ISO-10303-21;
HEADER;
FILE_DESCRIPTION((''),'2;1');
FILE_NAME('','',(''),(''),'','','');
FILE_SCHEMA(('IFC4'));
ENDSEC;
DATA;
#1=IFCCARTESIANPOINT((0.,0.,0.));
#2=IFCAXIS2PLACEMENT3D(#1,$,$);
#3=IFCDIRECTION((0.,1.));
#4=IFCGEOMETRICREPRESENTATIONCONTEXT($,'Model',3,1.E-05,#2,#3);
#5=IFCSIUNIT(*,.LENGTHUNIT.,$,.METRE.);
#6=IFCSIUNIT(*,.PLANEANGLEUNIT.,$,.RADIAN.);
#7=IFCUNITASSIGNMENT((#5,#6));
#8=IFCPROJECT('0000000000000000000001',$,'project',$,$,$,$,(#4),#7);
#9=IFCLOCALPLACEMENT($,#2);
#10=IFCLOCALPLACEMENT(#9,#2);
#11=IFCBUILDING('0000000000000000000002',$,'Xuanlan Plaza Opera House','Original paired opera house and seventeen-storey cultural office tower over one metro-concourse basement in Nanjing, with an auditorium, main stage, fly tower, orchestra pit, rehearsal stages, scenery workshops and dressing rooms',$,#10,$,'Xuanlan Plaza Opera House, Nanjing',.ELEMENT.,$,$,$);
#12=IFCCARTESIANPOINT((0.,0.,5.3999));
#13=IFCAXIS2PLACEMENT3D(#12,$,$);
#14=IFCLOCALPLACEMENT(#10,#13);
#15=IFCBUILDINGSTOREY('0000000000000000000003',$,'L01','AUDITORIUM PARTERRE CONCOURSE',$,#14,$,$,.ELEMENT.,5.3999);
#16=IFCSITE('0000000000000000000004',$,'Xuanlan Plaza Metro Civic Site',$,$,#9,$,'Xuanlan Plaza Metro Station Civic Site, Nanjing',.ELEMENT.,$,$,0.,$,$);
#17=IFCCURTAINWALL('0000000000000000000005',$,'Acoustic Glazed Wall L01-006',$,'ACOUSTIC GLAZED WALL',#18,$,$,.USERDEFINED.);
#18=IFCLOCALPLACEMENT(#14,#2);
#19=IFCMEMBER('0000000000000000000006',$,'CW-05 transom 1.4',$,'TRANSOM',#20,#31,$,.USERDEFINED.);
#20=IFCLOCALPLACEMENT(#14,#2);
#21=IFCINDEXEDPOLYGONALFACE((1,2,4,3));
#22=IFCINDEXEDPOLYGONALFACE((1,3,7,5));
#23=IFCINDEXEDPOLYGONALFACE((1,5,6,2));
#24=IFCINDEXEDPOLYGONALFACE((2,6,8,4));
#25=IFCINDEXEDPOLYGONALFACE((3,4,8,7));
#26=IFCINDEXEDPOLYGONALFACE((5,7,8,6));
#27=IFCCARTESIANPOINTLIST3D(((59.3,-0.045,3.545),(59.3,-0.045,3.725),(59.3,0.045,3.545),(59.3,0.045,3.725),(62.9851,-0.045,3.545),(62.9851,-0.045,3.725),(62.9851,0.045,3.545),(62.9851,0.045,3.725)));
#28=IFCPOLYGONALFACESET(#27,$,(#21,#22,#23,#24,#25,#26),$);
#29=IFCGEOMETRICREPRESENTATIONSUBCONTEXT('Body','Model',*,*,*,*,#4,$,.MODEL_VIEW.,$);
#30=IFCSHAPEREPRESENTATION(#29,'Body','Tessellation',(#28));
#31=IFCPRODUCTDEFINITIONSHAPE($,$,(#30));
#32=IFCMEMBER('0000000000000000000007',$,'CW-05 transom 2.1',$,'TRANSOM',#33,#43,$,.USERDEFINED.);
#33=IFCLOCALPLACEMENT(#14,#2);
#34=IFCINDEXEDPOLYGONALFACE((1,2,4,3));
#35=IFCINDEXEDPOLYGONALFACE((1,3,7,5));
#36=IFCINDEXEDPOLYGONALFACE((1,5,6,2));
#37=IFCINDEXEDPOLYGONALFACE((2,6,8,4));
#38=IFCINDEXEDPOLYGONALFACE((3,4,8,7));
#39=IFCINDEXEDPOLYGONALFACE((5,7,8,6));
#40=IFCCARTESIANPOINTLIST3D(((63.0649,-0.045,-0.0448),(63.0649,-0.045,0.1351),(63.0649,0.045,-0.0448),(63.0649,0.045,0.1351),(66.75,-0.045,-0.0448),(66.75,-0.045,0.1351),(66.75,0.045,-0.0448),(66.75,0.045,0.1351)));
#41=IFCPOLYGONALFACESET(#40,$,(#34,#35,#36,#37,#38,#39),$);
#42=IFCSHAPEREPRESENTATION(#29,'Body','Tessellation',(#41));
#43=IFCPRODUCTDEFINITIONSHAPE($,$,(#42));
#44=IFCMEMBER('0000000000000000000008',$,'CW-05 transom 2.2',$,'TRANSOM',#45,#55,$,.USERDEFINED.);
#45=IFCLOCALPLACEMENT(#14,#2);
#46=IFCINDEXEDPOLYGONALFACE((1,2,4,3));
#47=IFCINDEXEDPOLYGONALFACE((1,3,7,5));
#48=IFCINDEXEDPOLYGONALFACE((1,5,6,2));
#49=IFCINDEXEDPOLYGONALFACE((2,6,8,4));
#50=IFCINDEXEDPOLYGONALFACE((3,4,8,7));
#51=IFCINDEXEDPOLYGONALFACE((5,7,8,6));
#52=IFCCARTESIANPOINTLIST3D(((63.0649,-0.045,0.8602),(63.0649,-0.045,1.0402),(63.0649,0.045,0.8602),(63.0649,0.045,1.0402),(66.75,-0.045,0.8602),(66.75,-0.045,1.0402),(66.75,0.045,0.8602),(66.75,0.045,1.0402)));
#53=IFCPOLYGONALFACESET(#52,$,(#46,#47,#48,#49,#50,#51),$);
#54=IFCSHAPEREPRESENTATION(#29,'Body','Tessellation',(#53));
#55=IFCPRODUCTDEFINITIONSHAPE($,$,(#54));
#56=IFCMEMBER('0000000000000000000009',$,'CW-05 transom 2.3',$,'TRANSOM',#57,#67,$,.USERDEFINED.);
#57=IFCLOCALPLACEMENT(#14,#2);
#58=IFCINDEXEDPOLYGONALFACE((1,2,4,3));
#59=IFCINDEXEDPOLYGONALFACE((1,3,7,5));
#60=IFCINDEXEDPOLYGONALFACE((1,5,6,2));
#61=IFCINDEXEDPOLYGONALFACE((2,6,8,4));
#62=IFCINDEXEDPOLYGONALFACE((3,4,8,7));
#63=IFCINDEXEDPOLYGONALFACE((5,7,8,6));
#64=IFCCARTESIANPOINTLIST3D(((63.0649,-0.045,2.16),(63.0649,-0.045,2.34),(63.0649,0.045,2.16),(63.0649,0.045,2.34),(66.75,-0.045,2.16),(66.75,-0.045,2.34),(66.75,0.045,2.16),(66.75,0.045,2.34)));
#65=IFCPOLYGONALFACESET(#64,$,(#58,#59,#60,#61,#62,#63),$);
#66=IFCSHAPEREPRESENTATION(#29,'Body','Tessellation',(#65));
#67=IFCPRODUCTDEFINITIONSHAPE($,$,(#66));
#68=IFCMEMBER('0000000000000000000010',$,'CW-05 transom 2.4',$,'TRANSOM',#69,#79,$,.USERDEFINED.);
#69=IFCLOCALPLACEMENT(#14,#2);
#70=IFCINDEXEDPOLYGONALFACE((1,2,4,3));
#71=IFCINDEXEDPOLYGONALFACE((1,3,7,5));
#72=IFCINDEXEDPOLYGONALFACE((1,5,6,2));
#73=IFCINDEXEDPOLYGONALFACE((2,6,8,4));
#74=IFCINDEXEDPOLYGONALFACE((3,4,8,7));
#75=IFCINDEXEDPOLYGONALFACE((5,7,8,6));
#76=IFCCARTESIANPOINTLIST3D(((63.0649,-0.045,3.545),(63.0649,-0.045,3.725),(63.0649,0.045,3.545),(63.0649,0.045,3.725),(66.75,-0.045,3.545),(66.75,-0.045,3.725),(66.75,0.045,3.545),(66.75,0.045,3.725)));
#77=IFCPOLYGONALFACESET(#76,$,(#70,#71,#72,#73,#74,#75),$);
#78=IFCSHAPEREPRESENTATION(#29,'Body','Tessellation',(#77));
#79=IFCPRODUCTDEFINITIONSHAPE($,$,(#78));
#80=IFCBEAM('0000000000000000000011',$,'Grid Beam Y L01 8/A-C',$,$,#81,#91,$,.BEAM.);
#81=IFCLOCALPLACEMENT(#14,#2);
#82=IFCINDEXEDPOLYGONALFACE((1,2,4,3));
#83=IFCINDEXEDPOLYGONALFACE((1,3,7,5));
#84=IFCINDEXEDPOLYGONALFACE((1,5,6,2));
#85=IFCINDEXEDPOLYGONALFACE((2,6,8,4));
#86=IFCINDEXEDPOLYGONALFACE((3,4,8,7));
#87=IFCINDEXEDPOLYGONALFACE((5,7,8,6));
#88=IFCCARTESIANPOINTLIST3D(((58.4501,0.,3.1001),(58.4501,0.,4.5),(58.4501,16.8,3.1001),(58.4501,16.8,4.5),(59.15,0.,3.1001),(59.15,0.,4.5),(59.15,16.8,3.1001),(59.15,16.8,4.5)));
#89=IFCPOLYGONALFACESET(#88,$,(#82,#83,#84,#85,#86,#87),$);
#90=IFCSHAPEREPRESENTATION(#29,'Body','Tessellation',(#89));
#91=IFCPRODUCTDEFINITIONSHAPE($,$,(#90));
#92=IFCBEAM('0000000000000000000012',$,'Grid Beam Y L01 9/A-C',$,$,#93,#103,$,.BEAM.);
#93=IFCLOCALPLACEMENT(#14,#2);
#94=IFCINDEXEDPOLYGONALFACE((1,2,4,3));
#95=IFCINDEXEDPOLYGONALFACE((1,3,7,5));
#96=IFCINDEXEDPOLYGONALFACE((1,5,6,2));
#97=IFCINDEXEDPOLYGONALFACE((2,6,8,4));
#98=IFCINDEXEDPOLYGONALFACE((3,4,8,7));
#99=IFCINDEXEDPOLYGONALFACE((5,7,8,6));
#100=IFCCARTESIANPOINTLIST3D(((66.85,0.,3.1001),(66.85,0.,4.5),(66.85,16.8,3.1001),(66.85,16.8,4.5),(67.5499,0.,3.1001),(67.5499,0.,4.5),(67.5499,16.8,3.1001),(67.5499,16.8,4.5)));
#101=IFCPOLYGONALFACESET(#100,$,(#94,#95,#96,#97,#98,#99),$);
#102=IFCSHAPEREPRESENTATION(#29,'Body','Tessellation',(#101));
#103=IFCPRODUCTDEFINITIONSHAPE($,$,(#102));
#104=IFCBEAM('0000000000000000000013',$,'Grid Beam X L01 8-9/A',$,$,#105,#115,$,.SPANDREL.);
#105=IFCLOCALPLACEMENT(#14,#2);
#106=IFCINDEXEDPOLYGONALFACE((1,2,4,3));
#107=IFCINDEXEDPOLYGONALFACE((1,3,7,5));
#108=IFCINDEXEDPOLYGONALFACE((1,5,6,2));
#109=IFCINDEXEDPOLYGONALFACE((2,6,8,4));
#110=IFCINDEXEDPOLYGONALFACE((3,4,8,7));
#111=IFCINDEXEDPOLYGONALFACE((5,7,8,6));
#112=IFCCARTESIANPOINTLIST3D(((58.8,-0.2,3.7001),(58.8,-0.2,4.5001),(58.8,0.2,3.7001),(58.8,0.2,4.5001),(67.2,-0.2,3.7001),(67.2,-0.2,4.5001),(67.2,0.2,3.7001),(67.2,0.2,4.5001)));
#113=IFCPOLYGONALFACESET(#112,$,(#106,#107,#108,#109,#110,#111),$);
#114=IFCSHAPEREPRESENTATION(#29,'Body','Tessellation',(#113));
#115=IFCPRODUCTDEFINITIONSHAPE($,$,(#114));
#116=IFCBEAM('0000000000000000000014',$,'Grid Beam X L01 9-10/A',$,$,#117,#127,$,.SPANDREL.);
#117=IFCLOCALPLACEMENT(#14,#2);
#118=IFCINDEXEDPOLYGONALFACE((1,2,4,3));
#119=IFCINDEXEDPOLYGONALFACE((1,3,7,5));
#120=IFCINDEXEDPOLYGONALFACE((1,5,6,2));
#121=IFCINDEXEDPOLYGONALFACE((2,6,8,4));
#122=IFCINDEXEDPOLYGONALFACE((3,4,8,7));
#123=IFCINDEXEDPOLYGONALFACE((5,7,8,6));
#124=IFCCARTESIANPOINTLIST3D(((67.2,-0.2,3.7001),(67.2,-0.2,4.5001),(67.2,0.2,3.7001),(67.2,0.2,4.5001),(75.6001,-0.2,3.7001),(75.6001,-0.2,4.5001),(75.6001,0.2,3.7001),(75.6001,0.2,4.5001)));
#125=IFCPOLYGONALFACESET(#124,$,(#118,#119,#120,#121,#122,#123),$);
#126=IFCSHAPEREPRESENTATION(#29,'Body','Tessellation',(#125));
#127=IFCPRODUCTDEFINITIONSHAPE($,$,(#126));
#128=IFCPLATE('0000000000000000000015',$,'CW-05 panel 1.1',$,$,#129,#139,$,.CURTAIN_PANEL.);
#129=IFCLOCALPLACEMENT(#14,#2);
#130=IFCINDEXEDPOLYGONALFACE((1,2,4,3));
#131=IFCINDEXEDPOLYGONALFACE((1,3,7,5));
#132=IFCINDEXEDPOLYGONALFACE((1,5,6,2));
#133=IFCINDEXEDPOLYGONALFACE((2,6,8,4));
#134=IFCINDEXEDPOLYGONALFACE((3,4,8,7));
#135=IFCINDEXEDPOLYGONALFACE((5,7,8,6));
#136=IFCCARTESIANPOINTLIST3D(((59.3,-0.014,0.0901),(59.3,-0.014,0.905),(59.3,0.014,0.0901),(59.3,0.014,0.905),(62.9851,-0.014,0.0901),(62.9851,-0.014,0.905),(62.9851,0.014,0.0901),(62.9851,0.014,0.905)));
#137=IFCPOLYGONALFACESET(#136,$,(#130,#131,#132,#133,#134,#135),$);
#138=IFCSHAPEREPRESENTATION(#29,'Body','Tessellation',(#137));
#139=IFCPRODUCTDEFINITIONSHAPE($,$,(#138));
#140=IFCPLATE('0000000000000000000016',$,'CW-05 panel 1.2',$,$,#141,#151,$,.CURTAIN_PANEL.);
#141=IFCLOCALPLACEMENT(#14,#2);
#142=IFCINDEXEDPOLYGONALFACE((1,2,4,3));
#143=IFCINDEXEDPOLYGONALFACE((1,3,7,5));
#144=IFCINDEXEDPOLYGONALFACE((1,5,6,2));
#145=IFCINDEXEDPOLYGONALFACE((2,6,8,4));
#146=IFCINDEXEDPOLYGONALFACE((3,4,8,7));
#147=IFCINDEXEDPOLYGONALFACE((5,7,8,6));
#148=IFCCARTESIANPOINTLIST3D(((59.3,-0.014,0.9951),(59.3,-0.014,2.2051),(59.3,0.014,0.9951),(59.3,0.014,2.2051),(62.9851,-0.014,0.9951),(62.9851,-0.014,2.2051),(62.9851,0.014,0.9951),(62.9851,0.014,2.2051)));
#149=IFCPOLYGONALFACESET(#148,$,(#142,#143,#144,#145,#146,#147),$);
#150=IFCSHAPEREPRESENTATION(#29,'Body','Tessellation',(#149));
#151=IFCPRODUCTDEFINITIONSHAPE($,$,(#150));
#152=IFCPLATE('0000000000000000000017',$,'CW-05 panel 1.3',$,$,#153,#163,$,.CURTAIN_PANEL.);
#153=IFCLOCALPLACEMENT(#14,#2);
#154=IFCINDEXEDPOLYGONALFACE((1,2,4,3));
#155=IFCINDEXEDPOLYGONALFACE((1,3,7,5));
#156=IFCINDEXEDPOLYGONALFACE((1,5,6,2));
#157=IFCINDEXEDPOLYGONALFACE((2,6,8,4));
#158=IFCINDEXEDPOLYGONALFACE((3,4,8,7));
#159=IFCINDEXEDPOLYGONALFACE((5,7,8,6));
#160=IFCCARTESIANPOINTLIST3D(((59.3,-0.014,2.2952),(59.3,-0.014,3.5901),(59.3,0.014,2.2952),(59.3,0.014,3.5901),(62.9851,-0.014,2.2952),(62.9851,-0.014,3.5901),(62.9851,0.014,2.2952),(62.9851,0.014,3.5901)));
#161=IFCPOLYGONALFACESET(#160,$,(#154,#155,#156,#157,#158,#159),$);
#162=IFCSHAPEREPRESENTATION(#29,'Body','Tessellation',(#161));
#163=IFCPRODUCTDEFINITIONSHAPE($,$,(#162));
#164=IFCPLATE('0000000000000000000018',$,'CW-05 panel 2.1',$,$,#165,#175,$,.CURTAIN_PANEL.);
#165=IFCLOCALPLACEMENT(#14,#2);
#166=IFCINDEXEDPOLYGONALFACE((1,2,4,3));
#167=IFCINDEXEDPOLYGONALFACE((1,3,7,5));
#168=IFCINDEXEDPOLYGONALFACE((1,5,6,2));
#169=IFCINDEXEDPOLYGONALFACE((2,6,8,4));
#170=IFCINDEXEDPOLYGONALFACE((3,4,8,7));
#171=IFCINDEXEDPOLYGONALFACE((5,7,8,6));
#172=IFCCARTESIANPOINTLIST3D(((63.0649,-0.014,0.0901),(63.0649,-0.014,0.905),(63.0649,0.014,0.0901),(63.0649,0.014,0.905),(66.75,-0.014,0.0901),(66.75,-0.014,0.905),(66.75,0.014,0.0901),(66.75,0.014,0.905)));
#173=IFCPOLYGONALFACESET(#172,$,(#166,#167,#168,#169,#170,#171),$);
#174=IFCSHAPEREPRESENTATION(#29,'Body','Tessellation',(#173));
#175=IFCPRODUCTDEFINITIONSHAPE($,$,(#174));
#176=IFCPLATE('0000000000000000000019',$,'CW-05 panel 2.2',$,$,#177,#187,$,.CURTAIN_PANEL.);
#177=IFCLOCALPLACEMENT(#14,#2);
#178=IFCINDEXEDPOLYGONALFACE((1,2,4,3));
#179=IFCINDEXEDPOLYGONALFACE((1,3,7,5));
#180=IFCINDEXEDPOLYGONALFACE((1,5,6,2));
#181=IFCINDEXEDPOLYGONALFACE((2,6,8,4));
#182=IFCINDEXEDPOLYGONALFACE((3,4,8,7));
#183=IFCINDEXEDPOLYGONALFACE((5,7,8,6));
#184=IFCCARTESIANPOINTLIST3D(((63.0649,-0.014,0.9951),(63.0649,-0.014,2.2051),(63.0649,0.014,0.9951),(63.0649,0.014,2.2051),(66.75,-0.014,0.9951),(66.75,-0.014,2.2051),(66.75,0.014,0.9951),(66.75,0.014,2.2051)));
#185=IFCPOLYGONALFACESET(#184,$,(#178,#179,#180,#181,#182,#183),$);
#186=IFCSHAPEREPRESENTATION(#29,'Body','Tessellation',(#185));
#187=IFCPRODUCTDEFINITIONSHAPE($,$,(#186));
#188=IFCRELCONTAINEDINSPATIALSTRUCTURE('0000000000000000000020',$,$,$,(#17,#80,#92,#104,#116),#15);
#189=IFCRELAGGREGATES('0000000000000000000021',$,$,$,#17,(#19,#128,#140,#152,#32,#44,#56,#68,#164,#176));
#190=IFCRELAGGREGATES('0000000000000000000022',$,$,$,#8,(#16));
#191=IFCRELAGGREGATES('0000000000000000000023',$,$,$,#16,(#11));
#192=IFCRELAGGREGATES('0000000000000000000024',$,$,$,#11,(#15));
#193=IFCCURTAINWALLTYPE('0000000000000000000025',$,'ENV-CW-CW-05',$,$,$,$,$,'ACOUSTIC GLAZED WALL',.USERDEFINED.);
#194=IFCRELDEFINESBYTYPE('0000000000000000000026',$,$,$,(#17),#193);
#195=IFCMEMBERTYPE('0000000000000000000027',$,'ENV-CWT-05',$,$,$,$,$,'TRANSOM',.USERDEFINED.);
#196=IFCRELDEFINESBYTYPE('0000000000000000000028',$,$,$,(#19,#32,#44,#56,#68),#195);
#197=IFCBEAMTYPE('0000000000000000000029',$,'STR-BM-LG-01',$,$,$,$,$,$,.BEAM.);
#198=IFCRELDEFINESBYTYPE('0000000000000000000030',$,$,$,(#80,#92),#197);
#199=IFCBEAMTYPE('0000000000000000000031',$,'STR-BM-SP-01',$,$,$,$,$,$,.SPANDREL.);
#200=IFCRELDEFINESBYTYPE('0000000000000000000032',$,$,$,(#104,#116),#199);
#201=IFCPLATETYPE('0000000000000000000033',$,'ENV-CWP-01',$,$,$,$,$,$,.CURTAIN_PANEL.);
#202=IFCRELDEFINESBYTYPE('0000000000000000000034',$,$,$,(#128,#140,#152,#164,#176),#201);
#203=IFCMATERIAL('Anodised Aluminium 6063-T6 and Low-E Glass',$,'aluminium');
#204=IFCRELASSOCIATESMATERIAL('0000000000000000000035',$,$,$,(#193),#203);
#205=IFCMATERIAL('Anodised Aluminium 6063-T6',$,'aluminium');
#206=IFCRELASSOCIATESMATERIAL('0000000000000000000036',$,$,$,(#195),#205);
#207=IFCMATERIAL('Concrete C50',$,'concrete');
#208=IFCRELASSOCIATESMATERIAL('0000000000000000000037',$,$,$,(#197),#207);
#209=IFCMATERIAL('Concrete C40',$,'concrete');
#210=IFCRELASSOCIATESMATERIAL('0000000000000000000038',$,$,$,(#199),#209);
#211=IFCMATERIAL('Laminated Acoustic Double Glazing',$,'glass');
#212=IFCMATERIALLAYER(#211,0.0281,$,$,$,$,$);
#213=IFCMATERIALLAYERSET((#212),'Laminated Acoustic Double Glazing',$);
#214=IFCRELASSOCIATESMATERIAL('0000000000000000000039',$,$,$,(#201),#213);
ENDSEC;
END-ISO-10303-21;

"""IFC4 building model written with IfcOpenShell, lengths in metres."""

from ifc_helpers import new_model, si_unit, direction, frame, origin, origin_2d, place, context, subcontext, project, spatial, rectangle, extrude, material, layer, layer_set, material_profile, profile_set, type_object, element, aggregate, save


model = new_model("IFC4")

# Units and contexts
model_context = context("Model", 3, precision=1e-05, world=origin(), true_north=direction((0.0, 1.0)))
body_context = subcontext(model_context, "Body", "Model", "MODEL_VIEW")
ifc_project = project(units=[si_unit("LENGTHUNIT", "METRE"), si_unit("PLANEANGLEUNIT", "RADIAN")], contexts=[model_context])

# Site, building, storey
site_placement = place(None, origin())
site = spatial("IfcSite", under=ifc_project, at=site_placement, Name="Xuanlan Plaza Metro Civic Site", LongName="Xuanlan Plaza Metro Station Civic Site, Nanjing", CompositionType="ELEMENT", RefElevation=0.0)
building_placement = place(site_placement, origin())
building = spatial("IfcBuilding", under=site, at=building_placement, Name="Xuanlan Plaza Opera House", Description="Original paired opera house and seventeen-storey cultural office tower over one metro-concourse basement in Nanjing, with an auditorium, main stage, fly tower, orchestra pit, rehearsal stages, scenery workshops and dressing rooms", LongName="Xuanlan Plaza Opera House, Nanjing", CompositionType="ELEMENT")
storey_placement = place(building_placement, frame((0.0, 0.0, 5.3999)))
storey = spatial("IfcBuildingStorey", under=building, at=storey_placement, Name="L01", Description="AUDITORIUM PARTERRE CONCOURSE", CompositionType="ELEMENT", Elevation=5.3999)

# Shared definitions
ifc_material_1 = material(Name="Concrete C40", Category="concrete")

# Curtain wall
ifc_material_2 = material(Name="Anodised Aluminium 6063-T6 and Low-E Glass", Category="aluminium")
ifc_material_3 = material(Name="Anodised Aluminium 6063-T6", Category="aluminium")
curtain_wall_type_1 = type_object("IfcCurtainWallType", Name="ENV-CW-CW-05", ElementType="ACOUSTIC GLAZED WALL", PredefinedType="USERDEFINED", material=ifc_material_2)
curtain_wall_1_placement = place(storey_placement, origin())
curtain_wall_1 = element("IfcCurtainWall", 1, at=curtain_wall_1_placement, inside=storey, type_object=curtain_wall_type_1, Name="Acoustic Glazed Wall L01-006", ObjectType="ACOUSTIC GLAZED WALL", PredefinedType="USERDEFINED")

# Members
ifc_material_profile_1 = material_profile(ifc_material_3, rectangle(XDim=0.0901, YDim=0.1799, at=origin_2d()), Name="ALU-T 90x180")
ifc_profile_set_1 = profile_set([ifc_material_profile_1], Name="Anodised Aluminium 6063-T6")
member_type_1 = type_object("IfcMemberType", Name="ENV-CWT-05", ElementType="TRANSOM", PredefinedType="USERDEFINED", material=ifc_profile_set_1)
member_1_placement = place(storey_placement, frame((59.3, 0.0, 3.635), z_axis=(1.0, 0.0, 0.0), x_axis=(0.0, 1.0, 0.0)))
member_1 = element("IfcMember", 2, at=member_1_placement, type_object=member_type_1, Name="CW-05 transom 1.4", ObjectType="TRANSOM", PredefinedType="USERDEFINED", context=body_context, shape_type="SweptSolid", body=[
    extrude(rectangle(XDim=0.0901, YDim=0.1799, at=origin_2d()), origin(), (0.0, 0.0, 1.0), 3.6851),
])
member_2_placement = place(storey_placement, frame((63.0649, 0.0, 0.0452), z_axis=(1.0, 0.0, 0.0), x_axis=(0.0, 1.0, 0.0)))
member_2 = element("IfcMember", 3, at=member_2_placement, type_object=member_type_1, Name="CW-05 transom 2.1", ObjectType="TRANSOM", PredefinedType="USERDEFINED", context=body_context, shape_type="SweptSolid", body=[
    extrude(rectangle(XDim=0.0901, YDim=0.1799, at=origin_2d()), origin(), (0.0, 0.0, 1.0), 3.6851),
])
member_3_placement = place(storey_placement, frame((63.0649, 0.0, 0.9502), z_axis=(1.0, 0.0, 0.0), x_axis=(0.0, 1.0, 0.0)))
member_3 = element("IfcMember", 4, at=member_3_placement, type_object=member_type_1, Name="CW-05 transom 2.2", ObjectType="TRANSOM", PredefinedType="USERDEFINED", context=body_context, shape_type="SweptSolid", body=[
    extrude(rectangle(XDim=0.0901, YDim=0.1799, at=origin_2d()), origin(), (0.0, 0.0, 1.0), 3.6851),
])
member_4_placement = place(storey_placement, frame((63.0649, 0.0, 2.25), z_axis=(1.0, 0.0, 0.0), x_axis=(0.0, 1.0, 0.0)))
member_4 = element("IfcMember", 5, at=member_4_placement, type_object=member_type_1, Name="CW-05 transom 2.3", ObjectType="TRANSOM", PredefinedType="USERDEFINED", context=body_context, shape_type="SweptSolid", body=[
    extrude(rectangle(XDim=0.0901, YDim=0.1799, at=origin_2d()), origin(), (0.0, 0.0, 1.0), 3.6851),
])
member_5_placement = place(storey_placement, frame((63.0649, 0.0, 3.635), z_axis=(1.0, 0.0, 0.0), x_axis=(0.0, 1.0, 0.0)))
member_5 = element("IfcMember", 6, at=member_5_placement, type_object=member_type_1, Name="CW-05 transom 2.4", ObjectType="TRANSOM", PredefinedType="USERDEFINED", context=body_context, shape_type="SweptSolid", body=[
    extrude(rectangle(XDim=0.0901, YDim=0.1799, at=origin_2d()), origin(), (0.0, 0.0, 1.0), 3.6851),
])

# Beams
ifc_material_4 = material(Name="Concrete C50", Category="concrete")
ifc_material_profile_2 = material_profile(ifc_material_4, rectangle(XDim=0.7, YDim=1.3999, at=origin_2d()), Name="RC-LG 700x1400")
ifc_profile_set_2 = profile_set([ifc_material_profile_2], Name="Concrete C50")
beam_type_1 = type_object("IfcBeamType", Name="STR-BM-LG-01", PredefinedType="BEAM", material=ifc_profile_set_2)
for number, where, z_axis, x_axis, name in (
    (7, (58.8, 0.0, 3.8), (0.0, 1.0, 0.0), (-1.0, 0.0, 0.0), "Grid Beam Y L01 8/A-C"),
    (8, (67.2, 0.0, 3.8), (0.0, 1.0, 0.0), (-1.0, 0.0, 0.0), "Grid Beam Y L01 9/A-C"),
):
    element("IfcBeam", number, at=place(storey_placement, frame(where, z_axis=z_axis, x_axis=x_axis)), inside=storey, type_object=beam_type_1, Name=name, PredefinedType="BEAM", context=body_context, shape_type="SweptSolid", body=[
        extrude(rectangle(XDim=0.7, YDim=1.3999, at=origin_2d()), origin(), (0.0, 0.0, 1.0), 16.8),
    ])
ifc_material_profile_3 = material_profile(ifc_material_1, rectangle(XDim=0.3999, YDim=0.8, at=origin_2d()), Name="RC-SPD 400x800")
ifc_profile_set_3 = profile_set([ifc_material_profile_3], Name="Concrete C40")
beam_type_2 = type_object("IfcBeamType", Name="STR-BM-SP-01", PredefinedType="SPANDREL", material=ifc_profile_set_3)
beam_1_placement = place(storey_placement, frame((58.8, 0.0, 4.1001), z_axis=(1.0, 0.0, 0.0), x_axis=(0.0, 1.0, 0.0)))
element("IfcBeam", 9, at=beam_1_placement, inside=storey, type_object=beam_type_2, Name="Grid Beam X L01 8-9/A", PredefinedType="SPANDREL", context=body_context, shape_type="SweptSolid", body=[
    extrude(rectangle(XDim=0.3999, YDim=0.8, at=origin_2d()), origin(), (0.0, 0.0, 1.0), 8.3999),
])
beam_2_placement = place(storey_placement, frame((67.2, 0.0, 4.1001), z_axis=(1.0, 0.0, 0.0), x_axis=(0.0, 1.0, 0.0)))
element("IfcBeam", 10, at=beam_2_placement, inside=storey, type_object=beam_type_2, Name="Grid Beam X L01 9-10/A", PredefinedType="SPANDREL", context=body_context, shape_type="SweptSolid", body=[
    extrude(rectangle(XDim=0.3999, YDim=0.8, at=origin_2d()), origin(), (0.0, 0.0, 1.0), 8.4001),
])

# Plates
ifc_material_5 = material(Name="Laminated Acoustic Double Glazing", Category="glass")
ifc_layer_1 = layer(ifc_material_5, 0.0281)
ifc_layer_set_1 = layer_set([ifc_layer_1], Name="Laminated Acoustic Double Glazing")
plate_type_1 = type_object("IfcPlateType", Name="ENV-CWP-01", PredefinedType="CURTAIN_PANEL", material=ifc_layer_set_1)
plate_1_placement = place(storey_placement, frame((61.1426, 0.0, 0.0901), z_axis=(0.0, 0.0, 1.0), x_axis=(1.0, 0.0, 0.0)))
plate_1 = element("IfcPlate", 11, at=plate_1_placement, type_object=plate_type_1, Name="CW-05 panel 1.1", PredefinedType="CURTAIN_PANEL", context=body_context, shape_type="SweptSolid", body=[
    extrude(rectangle(XDim=3.6851, YDim=0.0281, at=origin_2d()), origin(), (0.0, 0.0, 1.0), 0.8149),
])
plate_2_placement = place(storey_placement, frame((61.1426, 0.0, 0.9951), z_axis=(0.0, 0.0, 1.0), x_axis=(1.0, 0.0, 0.0)))
plate_2 = element("IfcPlate", 12, at=plate_2_placement, type_object=plate_type_1, Name="CW-05 panel 1.2", PredefinedType="CURTAIN_PANEL", context=body_context, shape_type="SweptSolid", body=[
    extrude(rectangle(XDim=3.6851, YDim=0.0281, at=origin_2d()), origin(), (0.0, 0.0, 1.0), 1.21),
])
plate_3_placement = place(storey_placement, frame((61.1426, 0.0, 2.2952), z_axis=(0.0, 0.0, 1.0), x_axis=(1.0, 0.0, 0.0)))
plate_3 = element("IfcPlate", 13, at=plate_3_placement, type_object=plate_type_1, Name="CW-05 panel 1.3", PredefinedType="CURTAIN_PANEL", context=body_context, shape_type="SweptSolid", body=[
    extrude(rectangle(XDim=3.6851, YDim=0.0281, at=origin_2d()), origin(), (0.0, 0.0, 1.0), 1.2949),
])
plate_4_placement = place(storey_placement, frame((64.9075, 0.0, 0.0901), z_axis=(0.0, 0.0, 1.0), x_axis=(1.0, 0.0, 0.0)))
plate_4 = element("IfcPlate", 14, at=plate_4_placement, type_object=plate_type_1, Name="CW-05 panel 2.1", PredefinedType="CURTAIN_PANEL", context=body_context, shape_type="SweptSolid", body=[
    extrude(rectangle(XDim=3.6851, YDim=0.0281, at=origin_2d()), origin(), (0.0, 0.0, 1.0), 0.8149),
])
plate_5_placement = place(storey_placement, frame((64.9075, 0.0, 0.9951), z_axis=(0.0, 0.0, 1.0), x_axis=(1.0, 0.0, 0.0)))
plate_5 = element("IfcPlate", 15, at=plate_5_placement, type_object=plate_type_1, Name="CW-05 panel 2.2", PredefinedType="CURTAIN_PANEL", context=body_context, shape_type="SweptSolid", body=[
    extrude(rectangle(XDim=3.6851, YDim=0.0281, at=origin_2d()), origin(), (0.0, 0.0, 1.0), 1.21),
])
aggregate(curtain_wall_1, [member_1, plate_1, plate_2, plate_3, member_2, member_3, member_4, member_5, plate_4, plate_5])

save(model, "model.ifc")
